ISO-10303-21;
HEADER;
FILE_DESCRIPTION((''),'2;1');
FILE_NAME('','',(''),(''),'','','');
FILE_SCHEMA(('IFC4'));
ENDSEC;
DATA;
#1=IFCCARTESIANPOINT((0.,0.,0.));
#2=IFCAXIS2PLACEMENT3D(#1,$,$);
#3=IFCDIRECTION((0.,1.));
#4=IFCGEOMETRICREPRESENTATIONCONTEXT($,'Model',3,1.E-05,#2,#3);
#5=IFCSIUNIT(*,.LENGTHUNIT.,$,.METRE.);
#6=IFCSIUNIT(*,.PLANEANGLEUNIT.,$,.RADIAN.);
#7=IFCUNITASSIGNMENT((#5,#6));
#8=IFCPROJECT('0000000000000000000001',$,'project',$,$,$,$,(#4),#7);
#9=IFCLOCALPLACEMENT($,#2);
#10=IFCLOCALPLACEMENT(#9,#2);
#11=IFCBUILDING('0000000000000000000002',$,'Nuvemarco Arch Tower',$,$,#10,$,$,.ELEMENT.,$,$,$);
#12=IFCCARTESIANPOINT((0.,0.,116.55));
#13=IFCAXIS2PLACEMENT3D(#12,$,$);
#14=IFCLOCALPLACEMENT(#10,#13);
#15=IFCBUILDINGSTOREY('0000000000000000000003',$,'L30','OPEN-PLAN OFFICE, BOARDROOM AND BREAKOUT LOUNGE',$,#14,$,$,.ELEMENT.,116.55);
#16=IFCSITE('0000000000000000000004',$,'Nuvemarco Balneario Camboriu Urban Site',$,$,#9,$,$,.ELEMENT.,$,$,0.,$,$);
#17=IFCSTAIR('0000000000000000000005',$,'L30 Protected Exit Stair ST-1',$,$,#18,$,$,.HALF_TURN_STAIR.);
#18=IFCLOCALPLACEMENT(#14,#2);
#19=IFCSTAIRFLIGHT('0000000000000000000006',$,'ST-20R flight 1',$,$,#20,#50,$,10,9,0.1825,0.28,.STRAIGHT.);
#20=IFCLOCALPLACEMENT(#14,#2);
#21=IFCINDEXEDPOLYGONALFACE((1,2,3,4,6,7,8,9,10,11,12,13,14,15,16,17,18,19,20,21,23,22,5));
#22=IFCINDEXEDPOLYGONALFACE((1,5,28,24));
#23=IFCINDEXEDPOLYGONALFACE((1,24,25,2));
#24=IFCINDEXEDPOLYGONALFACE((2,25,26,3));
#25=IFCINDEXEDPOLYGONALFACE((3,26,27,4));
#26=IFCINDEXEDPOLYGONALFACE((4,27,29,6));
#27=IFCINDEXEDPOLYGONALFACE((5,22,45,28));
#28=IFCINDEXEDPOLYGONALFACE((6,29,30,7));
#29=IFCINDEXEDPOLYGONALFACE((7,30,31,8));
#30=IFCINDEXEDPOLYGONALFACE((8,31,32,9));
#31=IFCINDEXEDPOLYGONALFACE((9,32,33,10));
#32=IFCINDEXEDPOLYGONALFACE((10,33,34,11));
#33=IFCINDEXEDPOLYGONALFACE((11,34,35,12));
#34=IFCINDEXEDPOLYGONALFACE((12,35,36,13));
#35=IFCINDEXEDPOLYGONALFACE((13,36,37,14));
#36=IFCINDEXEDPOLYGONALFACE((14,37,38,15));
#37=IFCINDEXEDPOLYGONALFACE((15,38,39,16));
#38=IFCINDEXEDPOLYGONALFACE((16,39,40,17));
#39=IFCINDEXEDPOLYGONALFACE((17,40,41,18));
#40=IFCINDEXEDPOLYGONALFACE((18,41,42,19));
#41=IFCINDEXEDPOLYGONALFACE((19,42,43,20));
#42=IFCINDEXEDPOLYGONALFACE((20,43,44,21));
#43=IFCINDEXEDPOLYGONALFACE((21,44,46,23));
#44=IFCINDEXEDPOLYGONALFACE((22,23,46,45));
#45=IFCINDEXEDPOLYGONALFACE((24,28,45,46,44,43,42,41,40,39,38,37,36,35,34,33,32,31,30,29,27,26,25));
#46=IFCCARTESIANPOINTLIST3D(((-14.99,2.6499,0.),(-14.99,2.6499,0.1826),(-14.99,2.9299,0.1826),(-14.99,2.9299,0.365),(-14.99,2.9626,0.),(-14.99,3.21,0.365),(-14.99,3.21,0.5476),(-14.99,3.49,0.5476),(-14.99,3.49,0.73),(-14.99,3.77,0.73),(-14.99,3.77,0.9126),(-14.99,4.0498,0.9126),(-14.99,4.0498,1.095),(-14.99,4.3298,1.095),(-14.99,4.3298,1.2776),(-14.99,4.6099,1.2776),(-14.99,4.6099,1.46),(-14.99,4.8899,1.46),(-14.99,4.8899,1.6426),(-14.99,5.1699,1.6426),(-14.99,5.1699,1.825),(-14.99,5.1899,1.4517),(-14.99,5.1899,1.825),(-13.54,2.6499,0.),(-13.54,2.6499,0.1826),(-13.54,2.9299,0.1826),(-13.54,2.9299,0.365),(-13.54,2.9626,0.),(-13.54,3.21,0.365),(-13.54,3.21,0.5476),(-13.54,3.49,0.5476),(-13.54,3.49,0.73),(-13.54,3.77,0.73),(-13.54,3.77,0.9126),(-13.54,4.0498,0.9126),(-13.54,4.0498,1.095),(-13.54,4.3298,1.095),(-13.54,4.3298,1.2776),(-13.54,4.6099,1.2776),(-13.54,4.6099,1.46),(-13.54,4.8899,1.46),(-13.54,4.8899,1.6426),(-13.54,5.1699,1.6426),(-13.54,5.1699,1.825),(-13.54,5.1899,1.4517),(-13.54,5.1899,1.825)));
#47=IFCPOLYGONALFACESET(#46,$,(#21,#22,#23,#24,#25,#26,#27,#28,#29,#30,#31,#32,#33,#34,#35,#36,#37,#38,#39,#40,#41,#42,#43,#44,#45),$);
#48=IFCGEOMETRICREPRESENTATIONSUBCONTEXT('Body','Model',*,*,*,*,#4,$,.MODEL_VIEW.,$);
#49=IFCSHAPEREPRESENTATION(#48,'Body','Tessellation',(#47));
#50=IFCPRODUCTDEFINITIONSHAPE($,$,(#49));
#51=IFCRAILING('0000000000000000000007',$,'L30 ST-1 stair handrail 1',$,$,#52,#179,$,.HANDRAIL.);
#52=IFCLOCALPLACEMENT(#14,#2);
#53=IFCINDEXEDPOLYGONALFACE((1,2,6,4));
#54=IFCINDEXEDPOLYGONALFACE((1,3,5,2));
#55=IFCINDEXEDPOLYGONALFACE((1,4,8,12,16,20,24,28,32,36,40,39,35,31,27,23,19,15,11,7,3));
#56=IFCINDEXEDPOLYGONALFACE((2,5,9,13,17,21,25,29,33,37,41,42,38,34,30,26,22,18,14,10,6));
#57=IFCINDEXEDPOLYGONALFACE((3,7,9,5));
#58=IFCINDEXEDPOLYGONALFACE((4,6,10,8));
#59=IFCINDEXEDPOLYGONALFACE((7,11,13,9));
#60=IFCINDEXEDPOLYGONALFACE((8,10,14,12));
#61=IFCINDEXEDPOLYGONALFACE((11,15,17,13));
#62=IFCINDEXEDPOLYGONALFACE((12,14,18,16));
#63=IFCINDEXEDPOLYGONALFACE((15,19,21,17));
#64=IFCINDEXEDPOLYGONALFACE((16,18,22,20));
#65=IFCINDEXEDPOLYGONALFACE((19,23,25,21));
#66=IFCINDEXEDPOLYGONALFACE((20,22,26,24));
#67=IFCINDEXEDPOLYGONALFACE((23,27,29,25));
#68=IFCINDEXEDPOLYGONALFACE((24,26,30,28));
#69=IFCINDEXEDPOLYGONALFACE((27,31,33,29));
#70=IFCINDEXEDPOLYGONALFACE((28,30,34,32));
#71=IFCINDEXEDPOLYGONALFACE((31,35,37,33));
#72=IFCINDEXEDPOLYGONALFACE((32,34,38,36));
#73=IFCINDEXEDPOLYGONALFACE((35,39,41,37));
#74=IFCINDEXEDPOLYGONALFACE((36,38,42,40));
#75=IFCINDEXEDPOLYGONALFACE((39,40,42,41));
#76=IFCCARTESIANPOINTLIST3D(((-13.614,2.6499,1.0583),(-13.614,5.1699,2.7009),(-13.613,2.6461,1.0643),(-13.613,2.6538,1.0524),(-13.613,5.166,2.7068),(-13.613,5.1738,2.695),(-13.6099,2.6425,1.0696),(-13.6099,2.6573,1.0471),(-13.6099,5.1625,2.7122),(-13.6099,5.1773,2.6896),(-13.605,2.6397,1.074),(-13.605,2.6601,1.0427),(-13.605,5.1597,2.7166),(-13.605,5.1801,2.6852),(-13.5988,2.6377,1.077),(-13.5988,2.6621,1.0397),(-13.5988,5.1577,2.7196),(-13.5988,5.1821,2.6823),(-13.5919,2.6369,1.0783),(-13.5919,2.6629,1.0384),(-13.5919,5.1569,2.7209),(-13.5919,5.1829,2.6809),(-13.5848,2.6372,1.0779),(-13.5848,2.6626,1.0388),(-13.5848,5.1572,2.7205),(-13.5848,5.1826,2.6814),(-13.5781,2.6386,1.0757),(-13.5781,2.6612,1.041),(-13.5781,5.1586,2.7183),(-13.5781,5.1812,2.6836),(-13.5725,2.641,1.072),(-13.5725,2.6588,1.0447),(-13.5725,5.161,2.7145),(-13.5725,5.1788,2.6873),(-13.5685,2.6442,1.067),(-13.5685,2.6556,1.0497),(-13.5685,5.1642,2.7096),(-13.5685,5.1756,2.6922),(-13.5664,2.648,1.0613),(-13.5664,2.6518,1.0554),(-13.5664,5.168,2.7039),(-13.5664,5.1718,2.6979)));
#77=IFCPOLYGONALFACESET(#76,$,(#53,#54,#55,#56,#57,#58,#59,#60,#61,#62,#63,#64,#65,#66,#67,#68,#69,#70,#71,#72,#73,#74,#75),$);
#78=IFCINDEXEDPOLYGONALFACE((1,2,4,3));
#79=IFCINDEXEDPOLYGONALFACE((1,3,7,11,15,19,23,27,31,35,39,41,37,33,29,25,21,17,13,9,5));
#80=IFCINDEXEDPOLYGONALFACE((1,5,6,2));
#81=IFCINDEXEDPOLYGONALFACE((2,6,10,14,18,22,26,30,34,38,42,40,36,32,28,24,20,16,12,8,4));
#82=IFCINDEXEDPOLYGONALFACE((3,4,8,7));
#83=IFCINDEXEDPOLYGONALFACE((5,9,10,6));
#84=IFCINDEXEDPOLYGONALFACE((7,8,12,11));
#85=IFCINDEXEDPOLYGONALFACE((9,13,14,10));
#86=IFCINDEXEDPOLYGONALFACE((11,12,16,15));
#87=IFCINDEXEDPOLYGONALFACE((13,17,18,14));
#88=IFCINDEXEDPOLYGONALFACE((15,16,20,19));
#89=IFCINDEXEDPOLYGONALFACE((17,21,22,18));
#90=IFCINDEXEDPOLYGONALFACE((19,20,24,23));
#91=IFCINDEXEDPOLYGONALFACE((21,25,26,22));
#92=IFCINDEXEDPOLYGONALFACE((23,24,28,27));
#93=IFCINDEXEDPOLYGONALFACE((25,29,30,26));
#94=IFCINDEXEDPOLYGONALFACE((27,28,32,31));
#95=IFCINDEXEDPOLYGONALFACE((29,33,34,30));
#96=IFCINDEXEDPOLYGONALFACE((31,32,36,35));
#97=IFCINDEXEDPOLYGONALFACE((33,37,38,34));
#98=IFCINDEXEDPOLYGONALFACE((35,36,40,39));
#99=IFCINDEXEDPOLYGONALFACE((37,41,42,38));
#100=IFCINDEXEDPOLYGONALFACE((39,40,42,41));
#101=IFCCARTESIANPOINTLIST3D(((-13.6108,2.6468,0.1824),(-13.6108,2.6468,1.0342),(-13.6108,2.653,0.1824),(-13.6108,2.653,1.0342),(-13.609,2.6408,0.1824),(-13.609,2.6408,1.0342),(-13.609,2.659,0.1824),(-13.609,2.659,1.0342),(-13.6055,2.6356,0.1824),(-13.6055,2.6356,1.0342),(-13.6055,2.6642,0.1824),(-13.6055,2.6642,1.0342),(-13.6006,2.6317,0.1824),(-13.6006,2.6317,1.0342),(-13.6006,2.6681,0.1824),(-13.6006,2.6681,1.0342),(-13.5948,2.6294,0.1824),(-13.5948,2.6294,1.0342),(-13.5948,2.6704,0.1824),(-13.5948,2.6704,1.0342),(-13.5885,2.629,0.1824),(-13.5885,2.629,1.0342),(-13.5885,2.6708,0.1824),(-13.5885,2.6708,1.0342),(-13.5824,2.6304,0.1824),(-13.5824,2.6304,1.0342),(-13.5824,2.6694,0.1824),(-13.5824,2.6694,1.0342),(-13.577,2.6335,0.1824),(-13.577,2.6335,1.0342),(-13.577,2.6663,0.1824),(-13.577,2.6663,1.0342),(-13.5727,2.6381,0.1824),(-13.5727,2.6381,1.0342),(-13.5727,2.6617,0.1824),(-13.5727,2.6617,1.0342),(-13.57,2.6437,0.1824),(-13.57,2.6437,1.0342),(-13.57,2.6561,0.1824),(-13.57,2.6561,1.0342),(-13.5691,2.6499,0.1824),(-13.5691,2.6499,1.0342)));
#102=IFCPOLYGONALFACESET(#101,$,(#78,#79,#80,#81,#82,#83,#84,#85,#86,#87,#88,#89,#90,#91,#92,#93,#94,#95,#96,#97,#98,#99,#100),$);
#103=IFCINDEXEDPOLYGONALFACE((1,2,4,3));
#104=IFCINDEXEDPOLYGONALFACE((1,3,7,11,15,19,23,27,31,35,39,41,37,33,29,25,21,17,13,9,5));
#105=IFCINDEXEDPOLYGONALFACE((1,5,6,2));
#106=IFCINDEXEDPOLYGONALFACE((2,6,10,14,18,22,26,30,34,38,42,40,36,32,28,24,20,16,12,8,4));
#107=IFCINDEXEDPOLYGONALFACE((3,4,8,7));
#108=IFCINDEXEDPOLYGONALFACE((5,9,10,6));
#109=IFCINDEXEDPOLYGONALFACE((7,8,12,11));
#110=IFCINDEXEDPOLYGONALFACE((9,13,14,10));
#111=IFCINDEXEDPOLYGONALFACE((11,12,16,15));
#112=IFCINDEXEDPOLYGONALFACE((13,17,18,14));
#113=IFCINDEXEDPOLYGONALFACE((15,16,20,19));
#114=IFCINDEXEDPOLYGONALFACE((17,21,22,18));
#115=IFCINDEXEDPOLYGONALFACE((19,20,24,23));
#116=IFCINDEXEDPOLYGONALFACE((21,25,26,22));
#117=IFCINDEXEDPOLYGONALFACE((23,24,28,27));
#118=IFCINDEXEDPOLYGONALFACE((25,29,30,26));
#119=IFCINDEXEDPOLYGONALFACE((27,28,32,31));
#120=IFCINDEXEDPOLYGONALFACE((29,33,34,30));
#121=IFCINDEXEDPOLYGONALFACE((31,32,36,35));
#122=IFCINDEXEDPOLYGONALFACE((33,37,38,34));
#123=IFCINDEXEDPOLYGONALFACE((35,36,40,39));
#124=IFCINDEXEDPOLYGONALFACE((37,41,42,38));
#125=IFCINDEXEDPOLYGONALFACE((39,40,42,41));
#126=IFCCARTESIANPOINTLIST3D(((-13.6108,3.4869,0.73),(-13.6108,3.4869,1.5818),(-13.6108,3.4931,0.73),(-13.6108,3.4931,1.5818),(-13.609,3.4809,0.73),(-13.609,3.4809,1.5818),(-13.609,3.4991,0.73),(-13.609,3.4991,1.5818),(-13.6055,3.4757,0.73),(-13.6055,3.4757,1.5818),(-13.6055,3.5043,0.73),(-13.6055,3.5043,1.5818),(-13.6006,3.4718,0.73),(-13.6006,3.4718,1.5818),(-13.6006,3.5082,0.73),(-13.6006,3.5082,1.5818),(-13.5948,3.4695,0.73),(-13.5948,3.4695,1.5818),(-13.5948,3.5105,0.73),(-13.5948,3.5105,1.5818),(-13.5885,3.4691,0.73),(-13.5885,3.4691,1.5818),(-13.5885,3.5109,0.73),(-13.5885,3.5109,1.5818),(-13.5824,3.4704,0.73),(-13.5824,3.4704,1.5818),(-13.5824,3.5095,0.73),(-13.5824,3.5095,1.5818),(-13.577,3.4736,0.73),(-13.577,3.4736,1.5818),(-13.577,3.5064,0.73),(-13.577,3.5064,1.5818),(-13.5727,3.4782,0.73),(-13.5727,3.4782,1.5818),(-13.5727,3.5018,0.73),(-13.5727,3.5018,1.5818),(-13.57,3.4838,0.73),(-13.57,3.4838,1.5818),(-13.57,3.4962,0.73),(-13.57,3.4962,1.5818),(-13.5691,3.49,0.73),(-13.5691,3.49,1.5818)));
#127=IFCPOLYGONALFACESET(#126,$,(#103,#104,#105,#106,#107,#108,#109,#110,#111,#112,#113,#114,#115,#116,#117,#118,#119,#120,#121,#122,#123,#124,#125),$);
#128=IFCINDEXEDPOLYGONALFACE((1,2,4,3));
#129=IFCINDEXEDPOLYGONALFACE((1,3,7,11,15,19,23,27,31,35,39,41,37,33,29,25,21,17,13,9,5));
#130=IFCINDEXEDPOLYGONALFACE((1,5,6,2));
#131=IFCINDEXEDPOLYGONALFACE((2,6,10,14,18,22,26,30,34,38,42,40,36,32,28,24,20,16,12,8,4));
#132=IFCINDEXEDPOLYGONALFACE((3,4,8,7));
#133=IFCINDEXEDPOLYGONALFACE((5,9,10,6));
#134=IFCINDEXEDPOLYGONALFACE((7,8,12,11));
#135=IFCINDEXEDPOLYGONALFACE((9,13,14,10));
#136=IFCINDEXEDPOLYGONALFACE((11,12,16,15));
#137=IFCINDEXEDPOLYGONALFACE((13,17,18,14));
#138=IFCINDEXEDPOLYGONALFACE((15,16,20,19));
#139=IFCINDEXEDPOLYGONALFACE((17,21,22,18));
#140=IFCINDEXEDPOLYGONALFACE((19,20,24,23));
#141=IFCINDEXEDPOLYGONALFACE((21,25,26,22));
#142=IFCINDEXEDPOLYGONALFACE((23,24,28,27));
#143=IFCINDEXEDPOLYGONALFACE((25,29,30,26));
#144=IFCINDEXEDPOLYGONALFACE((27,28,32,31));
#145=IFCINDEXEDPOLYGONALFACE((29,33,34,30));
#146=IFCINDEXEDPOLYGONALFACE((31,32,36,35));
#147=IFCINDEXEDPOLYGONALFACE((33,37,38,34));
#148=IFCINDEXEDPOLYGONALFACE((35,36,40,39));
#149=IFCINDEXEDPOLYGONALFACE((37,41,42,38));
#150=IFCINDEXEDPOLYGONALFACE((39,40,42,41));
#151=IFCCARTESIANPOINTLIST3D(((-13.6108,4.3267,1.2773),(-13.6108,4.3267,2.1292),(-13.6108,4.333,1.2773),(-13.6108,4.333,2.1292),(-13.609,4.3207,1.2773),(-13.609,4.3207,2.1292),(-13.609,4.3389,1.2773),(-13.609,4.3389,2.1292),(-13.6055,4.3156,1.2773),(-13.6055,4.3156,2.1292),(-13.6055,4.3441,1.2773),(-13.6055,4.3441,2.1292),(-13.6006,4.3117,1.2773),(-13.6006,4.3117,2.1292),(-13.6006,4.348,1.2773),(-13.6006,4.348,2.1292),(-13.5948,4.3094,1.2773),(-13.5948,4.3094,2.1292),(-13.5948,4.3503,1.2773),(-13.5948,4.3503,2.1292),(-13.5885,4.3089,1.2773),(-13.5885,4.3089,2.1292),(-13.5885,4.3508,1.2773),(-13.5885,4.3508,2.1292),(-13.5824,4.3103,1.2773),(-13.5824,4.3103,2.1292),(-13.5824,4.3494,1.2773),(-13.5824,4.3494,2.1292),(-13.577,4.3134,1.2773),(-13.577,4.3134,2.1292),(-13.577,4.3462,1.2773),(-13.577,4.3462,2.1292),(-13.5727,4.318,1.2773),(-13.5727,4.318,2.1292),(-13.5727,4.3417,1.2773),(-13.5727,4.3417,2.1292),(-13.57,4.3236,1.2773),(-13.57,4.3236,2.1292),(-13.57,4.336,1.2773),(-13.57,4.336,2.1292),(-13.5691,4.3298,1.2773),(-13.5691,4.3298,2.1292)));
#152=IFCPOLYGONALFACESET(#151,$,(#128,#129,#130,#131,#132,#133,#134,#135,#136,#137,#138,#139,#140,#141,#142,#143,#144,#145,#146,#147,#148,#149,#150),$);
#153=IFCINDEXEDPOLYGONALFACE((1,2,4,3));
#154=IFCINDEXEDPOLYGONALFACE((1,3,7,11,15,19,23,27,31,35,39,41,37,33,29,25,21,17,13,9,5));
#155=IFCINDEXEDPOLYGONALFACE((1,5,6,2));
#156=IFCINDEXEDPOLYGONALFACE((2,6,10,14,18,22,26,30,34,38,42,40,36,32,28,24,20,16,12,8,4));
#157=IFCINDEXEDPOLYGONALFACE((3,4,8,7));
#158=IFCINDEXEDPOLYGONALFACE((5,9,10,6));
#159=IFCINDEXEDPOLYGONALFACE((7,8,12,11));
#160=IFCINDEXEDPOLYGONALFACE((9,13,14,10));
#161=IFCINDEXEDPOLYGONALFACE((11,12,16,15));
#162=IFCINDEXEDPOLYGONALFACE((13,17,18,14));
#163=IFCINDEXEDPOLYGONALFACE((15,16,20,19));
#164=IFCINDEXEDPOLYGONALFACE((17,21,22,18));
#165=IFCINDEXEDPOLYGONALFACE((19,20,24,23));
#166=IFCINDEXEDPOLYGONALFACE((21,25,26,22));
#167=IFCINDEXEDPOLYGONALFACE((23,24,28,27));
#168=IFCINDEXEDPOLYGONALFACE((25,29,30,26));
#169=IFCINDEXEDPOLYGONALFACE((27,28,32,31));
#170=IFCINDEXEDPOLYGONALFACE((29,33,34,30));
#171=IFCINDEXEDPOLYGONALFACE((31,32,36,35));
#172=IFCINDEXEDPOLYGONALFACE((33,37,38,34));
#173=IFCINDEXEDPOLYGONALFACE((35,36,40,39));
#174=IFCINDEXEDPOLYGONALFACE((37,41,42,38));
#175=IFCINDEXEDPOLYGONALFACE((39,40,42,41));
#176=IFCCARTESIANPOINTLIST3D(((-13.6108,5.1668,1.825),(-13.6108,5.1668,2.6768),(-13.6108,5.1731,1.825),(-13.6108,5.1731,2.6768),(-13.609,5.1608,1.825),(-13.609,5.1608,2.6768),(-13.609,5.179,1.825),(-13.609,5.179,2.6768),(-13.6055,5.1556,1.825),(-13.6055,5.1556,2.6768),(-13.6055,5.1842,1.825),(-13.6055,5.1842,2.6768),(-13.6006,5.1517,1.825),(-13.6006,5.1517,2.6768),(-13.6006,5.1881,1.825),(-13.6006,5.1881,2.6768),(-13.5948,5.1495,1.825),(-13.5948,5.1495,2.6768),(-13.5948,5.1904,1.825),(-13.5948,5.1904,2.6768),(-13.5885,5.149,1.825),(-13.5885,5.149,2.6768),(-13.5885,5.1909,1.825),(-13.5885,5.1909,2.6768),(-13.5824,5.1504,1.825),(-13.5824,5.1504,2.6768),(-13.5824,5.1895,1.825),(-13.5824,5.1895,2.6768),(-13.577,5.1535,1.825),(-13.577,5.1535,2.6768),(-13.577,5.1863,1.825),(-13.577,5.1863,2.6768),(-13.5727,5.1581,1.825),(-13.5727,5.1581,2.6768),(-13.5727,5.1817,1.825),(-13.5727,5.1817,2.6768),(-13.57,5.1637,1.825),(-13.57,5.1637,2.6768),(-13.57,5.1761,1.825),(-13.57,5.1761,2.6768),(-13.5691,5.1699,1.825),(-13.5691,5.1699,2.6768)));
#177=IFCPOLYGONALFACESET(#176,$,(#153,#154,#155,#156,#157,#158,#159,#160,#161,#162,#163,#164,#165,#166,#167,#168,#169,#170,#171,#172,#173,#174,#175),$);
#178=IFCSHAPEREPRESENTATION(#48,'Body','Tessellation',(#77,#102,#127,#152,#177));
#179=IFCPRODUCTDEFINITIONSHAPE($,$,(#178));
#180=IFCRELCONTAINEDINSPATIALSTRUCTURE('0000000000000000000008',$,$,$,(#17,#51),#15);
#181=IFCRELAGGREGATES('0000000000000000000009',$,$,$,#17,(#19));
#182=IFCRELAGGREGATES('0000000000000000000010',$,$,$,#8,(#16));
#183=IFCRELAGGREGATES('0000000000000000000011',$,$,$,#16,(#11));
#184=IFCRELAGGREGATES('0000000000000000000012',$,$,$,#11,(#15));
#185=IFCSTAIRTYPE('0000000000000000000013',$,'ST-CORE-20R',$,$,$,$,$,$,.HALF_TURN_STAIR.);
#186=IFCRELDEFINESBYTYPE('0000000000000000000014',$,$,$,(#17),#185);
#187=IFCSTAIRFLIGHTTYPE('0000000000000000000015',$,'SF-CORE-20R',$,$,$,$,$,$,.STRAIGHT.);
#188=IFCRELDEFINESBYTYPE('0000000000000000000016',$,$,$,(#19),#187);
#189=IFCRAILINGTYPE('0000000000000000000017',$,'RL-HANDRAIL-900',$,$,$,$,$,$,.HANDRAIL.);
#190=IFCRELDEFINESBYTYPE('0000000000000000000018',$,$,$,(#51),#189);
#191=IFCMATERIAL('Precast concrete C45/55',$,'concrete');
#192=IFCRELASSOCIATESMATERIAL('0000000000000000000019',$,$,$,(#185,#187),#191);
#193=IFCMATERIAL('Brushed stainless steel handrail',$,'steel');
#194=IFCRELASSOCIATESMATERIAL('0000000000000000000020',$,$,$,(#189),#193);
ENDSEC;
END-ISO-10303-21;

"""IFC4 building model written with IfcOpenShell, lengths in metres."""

from ifc_helpers import new_model, si_unit, direction, frame, origin, origin_2d, place, context, subcontext, project, spatial, polyline, circle, outline, extrude, material, type_object, element, aggregate, save


model = new_model("IFC4")

# Units and contexts
model_context = context("Model", 3, precision=1e-05, world=origin(), true_north=direction((0.0, 1.0)))
body_context = subcontext(model_context, "Body", "Model", "MODEL_VIEW")
ifc_project = project(units=[si_unit("LENGTHUNIT", "METRE"), si_unit("PLANEANGLEUNIT", "RADIAN")], contexts=[model_context])

# Site, building, storey
site_placement = place(None, origin())
site = spatial("IfcSite", under=ifc_project, at=site_placement, Name="Nuvemarco Balneario Camboriu Urban Site", CompositionType="ELEMENT", RefElevation=0.0)
building_placement = place(site_placement, origin())
building = spatial("IfcBuilding", under=site, at=building_placement, Name="Nuvemarco Arch Tower", CompositionType="ELEMENT")
storey_placement = place(building_placement, frame((0.0, 0.0, 116.55)))
storey = spatial("IfcBuildingStorey", under=building, at=storey_placement, Name="L30", Description="OPEN-PLAN OFFICE, BOARDROOM AND BREAKOUT LOUNGE", CompositionType="ELEMENT", Elevation=116.55)

# Stair, stair flight
ifc_material_1 = material(Name="Precast concrete C45/55", Category="concrete")
stair_type = type_object("IfcStairType", Name="ST-CORE-20R", PredefinedType="HALF_TURN_STAIR", material=ifc_material_1)
stair_placement = place(storey_placement, origin())
stair = element("IfcStair", 1, at=stair_placement, inside=storey, type_object=stair_type, Name="L30 Protected Exit Stair ST-1", PredefinedType="HALF_TURN_STAIR")
stair_flight_type = type_object("IfcStairFlightType", Name="SF-CORE-20R", PredefinedType="STRAIGHT", material=ifc_material_1)
stair_flight_placement = place(storey_placement, frame((-14.2649, 2.6499, 0.0), z_axis=(0.0, 0.0, 1.0), x_axis=(0.0, 1.0, 0.0)))
stair_flight = element("IfcStairFlight", 2, at=stair_flight_placement, type_object=stair_flight_type, Name="ST-20R flight 1", NumberOfRisers=10, NumberOfTreads=9, PredefinedType="STRAIGHT", RiserHeight=0.1825, TreadLength=0.28, context=body_context, shape_type="SweptSolid", body=[
    extrude(outline(polyline([(0.0, 0.0), (0.0, 0.1826), (0.28, 0.1826), (0.28, 0.365), (0.5601, 0.365), (0.5601, 0.5476), (0.8401, 0.5476), (0.8401, 0.73), (1.1201, 0.73), (1.1201, 0.9126), (1.3999, 0.9126), (1.3999, 1.095), (1.6799, 1.095), (1.6799, 1.2776), (1.96, 1.2776), (1.96, 1.46), (2.24, 1.46), (2.24, 1.6426), (2.52, 1.6426), (2.52, 1.825), (2.54, 1.825), (2.54, 1.4517), (0.3127, 0.0), (0.0, 0.0)])), frame((0.0, 0.7251, 0.0), z_axis=(0.0, -1.0, 0.0), x_axis=(1.0, 0.0, 0.0)), (0.0, 0.0, 1.0), 1.45),
])
aggregate(stair, [stair_flight])

# Railing
ifc_material_2 = material(Name="Brushed stainless steel handrail", Category="steel")
railing_type_1 = type_object("IfcRailingType", Name="RL-HANDRAIL-900", PredefinedType="HANDRAIL", material=ifc_material_2)
railing_1_placement = place(storey_placement, frame((-13.5901, 2.6499, 0.1824)))
element("IfcRailing", 3, at=railing_1_placement, inside=storey, type_object=railing_type_1, Name="L30 ST-1 stair handrail 1", PredefinedType="HANDRAIL", context=body_context, shape_type="SweptSolid", body=[
    extrude(circle(Radius=0.0239, at=origin_2d()), frame((0.0, 0.0, 0.876), z_axis=(0.0, 0.837749, 0.546055), x_axis=(-1.0, 0.0, 0.0)), (0.0, 0.0, 1.0), 3.0081),
    extrude(circle(Radius=0.021, at=origin_2d()), origin(), (0.0, 0.0, 1.0), 0.8518),
    extrude(circle(Radius=0.021, at=origin_2d()), frame((0.0, 0.8401, 0.5476)), (0.0, 0.0, 1.0), 0.8518),
    extrude(circle(Radius=0.021, at=origin_2d()), frame((0.0, 1.6799, 1.095)), (0.0, 0.0, 1.0), 0.8518),
    extrude(circle(Radius=0.021, at=origin_2d()), frame((0.0, 2.52, 1.6426)), (0.0, 0.0, 1.0), 0.8518),
])

save(model, "model.ifc")
